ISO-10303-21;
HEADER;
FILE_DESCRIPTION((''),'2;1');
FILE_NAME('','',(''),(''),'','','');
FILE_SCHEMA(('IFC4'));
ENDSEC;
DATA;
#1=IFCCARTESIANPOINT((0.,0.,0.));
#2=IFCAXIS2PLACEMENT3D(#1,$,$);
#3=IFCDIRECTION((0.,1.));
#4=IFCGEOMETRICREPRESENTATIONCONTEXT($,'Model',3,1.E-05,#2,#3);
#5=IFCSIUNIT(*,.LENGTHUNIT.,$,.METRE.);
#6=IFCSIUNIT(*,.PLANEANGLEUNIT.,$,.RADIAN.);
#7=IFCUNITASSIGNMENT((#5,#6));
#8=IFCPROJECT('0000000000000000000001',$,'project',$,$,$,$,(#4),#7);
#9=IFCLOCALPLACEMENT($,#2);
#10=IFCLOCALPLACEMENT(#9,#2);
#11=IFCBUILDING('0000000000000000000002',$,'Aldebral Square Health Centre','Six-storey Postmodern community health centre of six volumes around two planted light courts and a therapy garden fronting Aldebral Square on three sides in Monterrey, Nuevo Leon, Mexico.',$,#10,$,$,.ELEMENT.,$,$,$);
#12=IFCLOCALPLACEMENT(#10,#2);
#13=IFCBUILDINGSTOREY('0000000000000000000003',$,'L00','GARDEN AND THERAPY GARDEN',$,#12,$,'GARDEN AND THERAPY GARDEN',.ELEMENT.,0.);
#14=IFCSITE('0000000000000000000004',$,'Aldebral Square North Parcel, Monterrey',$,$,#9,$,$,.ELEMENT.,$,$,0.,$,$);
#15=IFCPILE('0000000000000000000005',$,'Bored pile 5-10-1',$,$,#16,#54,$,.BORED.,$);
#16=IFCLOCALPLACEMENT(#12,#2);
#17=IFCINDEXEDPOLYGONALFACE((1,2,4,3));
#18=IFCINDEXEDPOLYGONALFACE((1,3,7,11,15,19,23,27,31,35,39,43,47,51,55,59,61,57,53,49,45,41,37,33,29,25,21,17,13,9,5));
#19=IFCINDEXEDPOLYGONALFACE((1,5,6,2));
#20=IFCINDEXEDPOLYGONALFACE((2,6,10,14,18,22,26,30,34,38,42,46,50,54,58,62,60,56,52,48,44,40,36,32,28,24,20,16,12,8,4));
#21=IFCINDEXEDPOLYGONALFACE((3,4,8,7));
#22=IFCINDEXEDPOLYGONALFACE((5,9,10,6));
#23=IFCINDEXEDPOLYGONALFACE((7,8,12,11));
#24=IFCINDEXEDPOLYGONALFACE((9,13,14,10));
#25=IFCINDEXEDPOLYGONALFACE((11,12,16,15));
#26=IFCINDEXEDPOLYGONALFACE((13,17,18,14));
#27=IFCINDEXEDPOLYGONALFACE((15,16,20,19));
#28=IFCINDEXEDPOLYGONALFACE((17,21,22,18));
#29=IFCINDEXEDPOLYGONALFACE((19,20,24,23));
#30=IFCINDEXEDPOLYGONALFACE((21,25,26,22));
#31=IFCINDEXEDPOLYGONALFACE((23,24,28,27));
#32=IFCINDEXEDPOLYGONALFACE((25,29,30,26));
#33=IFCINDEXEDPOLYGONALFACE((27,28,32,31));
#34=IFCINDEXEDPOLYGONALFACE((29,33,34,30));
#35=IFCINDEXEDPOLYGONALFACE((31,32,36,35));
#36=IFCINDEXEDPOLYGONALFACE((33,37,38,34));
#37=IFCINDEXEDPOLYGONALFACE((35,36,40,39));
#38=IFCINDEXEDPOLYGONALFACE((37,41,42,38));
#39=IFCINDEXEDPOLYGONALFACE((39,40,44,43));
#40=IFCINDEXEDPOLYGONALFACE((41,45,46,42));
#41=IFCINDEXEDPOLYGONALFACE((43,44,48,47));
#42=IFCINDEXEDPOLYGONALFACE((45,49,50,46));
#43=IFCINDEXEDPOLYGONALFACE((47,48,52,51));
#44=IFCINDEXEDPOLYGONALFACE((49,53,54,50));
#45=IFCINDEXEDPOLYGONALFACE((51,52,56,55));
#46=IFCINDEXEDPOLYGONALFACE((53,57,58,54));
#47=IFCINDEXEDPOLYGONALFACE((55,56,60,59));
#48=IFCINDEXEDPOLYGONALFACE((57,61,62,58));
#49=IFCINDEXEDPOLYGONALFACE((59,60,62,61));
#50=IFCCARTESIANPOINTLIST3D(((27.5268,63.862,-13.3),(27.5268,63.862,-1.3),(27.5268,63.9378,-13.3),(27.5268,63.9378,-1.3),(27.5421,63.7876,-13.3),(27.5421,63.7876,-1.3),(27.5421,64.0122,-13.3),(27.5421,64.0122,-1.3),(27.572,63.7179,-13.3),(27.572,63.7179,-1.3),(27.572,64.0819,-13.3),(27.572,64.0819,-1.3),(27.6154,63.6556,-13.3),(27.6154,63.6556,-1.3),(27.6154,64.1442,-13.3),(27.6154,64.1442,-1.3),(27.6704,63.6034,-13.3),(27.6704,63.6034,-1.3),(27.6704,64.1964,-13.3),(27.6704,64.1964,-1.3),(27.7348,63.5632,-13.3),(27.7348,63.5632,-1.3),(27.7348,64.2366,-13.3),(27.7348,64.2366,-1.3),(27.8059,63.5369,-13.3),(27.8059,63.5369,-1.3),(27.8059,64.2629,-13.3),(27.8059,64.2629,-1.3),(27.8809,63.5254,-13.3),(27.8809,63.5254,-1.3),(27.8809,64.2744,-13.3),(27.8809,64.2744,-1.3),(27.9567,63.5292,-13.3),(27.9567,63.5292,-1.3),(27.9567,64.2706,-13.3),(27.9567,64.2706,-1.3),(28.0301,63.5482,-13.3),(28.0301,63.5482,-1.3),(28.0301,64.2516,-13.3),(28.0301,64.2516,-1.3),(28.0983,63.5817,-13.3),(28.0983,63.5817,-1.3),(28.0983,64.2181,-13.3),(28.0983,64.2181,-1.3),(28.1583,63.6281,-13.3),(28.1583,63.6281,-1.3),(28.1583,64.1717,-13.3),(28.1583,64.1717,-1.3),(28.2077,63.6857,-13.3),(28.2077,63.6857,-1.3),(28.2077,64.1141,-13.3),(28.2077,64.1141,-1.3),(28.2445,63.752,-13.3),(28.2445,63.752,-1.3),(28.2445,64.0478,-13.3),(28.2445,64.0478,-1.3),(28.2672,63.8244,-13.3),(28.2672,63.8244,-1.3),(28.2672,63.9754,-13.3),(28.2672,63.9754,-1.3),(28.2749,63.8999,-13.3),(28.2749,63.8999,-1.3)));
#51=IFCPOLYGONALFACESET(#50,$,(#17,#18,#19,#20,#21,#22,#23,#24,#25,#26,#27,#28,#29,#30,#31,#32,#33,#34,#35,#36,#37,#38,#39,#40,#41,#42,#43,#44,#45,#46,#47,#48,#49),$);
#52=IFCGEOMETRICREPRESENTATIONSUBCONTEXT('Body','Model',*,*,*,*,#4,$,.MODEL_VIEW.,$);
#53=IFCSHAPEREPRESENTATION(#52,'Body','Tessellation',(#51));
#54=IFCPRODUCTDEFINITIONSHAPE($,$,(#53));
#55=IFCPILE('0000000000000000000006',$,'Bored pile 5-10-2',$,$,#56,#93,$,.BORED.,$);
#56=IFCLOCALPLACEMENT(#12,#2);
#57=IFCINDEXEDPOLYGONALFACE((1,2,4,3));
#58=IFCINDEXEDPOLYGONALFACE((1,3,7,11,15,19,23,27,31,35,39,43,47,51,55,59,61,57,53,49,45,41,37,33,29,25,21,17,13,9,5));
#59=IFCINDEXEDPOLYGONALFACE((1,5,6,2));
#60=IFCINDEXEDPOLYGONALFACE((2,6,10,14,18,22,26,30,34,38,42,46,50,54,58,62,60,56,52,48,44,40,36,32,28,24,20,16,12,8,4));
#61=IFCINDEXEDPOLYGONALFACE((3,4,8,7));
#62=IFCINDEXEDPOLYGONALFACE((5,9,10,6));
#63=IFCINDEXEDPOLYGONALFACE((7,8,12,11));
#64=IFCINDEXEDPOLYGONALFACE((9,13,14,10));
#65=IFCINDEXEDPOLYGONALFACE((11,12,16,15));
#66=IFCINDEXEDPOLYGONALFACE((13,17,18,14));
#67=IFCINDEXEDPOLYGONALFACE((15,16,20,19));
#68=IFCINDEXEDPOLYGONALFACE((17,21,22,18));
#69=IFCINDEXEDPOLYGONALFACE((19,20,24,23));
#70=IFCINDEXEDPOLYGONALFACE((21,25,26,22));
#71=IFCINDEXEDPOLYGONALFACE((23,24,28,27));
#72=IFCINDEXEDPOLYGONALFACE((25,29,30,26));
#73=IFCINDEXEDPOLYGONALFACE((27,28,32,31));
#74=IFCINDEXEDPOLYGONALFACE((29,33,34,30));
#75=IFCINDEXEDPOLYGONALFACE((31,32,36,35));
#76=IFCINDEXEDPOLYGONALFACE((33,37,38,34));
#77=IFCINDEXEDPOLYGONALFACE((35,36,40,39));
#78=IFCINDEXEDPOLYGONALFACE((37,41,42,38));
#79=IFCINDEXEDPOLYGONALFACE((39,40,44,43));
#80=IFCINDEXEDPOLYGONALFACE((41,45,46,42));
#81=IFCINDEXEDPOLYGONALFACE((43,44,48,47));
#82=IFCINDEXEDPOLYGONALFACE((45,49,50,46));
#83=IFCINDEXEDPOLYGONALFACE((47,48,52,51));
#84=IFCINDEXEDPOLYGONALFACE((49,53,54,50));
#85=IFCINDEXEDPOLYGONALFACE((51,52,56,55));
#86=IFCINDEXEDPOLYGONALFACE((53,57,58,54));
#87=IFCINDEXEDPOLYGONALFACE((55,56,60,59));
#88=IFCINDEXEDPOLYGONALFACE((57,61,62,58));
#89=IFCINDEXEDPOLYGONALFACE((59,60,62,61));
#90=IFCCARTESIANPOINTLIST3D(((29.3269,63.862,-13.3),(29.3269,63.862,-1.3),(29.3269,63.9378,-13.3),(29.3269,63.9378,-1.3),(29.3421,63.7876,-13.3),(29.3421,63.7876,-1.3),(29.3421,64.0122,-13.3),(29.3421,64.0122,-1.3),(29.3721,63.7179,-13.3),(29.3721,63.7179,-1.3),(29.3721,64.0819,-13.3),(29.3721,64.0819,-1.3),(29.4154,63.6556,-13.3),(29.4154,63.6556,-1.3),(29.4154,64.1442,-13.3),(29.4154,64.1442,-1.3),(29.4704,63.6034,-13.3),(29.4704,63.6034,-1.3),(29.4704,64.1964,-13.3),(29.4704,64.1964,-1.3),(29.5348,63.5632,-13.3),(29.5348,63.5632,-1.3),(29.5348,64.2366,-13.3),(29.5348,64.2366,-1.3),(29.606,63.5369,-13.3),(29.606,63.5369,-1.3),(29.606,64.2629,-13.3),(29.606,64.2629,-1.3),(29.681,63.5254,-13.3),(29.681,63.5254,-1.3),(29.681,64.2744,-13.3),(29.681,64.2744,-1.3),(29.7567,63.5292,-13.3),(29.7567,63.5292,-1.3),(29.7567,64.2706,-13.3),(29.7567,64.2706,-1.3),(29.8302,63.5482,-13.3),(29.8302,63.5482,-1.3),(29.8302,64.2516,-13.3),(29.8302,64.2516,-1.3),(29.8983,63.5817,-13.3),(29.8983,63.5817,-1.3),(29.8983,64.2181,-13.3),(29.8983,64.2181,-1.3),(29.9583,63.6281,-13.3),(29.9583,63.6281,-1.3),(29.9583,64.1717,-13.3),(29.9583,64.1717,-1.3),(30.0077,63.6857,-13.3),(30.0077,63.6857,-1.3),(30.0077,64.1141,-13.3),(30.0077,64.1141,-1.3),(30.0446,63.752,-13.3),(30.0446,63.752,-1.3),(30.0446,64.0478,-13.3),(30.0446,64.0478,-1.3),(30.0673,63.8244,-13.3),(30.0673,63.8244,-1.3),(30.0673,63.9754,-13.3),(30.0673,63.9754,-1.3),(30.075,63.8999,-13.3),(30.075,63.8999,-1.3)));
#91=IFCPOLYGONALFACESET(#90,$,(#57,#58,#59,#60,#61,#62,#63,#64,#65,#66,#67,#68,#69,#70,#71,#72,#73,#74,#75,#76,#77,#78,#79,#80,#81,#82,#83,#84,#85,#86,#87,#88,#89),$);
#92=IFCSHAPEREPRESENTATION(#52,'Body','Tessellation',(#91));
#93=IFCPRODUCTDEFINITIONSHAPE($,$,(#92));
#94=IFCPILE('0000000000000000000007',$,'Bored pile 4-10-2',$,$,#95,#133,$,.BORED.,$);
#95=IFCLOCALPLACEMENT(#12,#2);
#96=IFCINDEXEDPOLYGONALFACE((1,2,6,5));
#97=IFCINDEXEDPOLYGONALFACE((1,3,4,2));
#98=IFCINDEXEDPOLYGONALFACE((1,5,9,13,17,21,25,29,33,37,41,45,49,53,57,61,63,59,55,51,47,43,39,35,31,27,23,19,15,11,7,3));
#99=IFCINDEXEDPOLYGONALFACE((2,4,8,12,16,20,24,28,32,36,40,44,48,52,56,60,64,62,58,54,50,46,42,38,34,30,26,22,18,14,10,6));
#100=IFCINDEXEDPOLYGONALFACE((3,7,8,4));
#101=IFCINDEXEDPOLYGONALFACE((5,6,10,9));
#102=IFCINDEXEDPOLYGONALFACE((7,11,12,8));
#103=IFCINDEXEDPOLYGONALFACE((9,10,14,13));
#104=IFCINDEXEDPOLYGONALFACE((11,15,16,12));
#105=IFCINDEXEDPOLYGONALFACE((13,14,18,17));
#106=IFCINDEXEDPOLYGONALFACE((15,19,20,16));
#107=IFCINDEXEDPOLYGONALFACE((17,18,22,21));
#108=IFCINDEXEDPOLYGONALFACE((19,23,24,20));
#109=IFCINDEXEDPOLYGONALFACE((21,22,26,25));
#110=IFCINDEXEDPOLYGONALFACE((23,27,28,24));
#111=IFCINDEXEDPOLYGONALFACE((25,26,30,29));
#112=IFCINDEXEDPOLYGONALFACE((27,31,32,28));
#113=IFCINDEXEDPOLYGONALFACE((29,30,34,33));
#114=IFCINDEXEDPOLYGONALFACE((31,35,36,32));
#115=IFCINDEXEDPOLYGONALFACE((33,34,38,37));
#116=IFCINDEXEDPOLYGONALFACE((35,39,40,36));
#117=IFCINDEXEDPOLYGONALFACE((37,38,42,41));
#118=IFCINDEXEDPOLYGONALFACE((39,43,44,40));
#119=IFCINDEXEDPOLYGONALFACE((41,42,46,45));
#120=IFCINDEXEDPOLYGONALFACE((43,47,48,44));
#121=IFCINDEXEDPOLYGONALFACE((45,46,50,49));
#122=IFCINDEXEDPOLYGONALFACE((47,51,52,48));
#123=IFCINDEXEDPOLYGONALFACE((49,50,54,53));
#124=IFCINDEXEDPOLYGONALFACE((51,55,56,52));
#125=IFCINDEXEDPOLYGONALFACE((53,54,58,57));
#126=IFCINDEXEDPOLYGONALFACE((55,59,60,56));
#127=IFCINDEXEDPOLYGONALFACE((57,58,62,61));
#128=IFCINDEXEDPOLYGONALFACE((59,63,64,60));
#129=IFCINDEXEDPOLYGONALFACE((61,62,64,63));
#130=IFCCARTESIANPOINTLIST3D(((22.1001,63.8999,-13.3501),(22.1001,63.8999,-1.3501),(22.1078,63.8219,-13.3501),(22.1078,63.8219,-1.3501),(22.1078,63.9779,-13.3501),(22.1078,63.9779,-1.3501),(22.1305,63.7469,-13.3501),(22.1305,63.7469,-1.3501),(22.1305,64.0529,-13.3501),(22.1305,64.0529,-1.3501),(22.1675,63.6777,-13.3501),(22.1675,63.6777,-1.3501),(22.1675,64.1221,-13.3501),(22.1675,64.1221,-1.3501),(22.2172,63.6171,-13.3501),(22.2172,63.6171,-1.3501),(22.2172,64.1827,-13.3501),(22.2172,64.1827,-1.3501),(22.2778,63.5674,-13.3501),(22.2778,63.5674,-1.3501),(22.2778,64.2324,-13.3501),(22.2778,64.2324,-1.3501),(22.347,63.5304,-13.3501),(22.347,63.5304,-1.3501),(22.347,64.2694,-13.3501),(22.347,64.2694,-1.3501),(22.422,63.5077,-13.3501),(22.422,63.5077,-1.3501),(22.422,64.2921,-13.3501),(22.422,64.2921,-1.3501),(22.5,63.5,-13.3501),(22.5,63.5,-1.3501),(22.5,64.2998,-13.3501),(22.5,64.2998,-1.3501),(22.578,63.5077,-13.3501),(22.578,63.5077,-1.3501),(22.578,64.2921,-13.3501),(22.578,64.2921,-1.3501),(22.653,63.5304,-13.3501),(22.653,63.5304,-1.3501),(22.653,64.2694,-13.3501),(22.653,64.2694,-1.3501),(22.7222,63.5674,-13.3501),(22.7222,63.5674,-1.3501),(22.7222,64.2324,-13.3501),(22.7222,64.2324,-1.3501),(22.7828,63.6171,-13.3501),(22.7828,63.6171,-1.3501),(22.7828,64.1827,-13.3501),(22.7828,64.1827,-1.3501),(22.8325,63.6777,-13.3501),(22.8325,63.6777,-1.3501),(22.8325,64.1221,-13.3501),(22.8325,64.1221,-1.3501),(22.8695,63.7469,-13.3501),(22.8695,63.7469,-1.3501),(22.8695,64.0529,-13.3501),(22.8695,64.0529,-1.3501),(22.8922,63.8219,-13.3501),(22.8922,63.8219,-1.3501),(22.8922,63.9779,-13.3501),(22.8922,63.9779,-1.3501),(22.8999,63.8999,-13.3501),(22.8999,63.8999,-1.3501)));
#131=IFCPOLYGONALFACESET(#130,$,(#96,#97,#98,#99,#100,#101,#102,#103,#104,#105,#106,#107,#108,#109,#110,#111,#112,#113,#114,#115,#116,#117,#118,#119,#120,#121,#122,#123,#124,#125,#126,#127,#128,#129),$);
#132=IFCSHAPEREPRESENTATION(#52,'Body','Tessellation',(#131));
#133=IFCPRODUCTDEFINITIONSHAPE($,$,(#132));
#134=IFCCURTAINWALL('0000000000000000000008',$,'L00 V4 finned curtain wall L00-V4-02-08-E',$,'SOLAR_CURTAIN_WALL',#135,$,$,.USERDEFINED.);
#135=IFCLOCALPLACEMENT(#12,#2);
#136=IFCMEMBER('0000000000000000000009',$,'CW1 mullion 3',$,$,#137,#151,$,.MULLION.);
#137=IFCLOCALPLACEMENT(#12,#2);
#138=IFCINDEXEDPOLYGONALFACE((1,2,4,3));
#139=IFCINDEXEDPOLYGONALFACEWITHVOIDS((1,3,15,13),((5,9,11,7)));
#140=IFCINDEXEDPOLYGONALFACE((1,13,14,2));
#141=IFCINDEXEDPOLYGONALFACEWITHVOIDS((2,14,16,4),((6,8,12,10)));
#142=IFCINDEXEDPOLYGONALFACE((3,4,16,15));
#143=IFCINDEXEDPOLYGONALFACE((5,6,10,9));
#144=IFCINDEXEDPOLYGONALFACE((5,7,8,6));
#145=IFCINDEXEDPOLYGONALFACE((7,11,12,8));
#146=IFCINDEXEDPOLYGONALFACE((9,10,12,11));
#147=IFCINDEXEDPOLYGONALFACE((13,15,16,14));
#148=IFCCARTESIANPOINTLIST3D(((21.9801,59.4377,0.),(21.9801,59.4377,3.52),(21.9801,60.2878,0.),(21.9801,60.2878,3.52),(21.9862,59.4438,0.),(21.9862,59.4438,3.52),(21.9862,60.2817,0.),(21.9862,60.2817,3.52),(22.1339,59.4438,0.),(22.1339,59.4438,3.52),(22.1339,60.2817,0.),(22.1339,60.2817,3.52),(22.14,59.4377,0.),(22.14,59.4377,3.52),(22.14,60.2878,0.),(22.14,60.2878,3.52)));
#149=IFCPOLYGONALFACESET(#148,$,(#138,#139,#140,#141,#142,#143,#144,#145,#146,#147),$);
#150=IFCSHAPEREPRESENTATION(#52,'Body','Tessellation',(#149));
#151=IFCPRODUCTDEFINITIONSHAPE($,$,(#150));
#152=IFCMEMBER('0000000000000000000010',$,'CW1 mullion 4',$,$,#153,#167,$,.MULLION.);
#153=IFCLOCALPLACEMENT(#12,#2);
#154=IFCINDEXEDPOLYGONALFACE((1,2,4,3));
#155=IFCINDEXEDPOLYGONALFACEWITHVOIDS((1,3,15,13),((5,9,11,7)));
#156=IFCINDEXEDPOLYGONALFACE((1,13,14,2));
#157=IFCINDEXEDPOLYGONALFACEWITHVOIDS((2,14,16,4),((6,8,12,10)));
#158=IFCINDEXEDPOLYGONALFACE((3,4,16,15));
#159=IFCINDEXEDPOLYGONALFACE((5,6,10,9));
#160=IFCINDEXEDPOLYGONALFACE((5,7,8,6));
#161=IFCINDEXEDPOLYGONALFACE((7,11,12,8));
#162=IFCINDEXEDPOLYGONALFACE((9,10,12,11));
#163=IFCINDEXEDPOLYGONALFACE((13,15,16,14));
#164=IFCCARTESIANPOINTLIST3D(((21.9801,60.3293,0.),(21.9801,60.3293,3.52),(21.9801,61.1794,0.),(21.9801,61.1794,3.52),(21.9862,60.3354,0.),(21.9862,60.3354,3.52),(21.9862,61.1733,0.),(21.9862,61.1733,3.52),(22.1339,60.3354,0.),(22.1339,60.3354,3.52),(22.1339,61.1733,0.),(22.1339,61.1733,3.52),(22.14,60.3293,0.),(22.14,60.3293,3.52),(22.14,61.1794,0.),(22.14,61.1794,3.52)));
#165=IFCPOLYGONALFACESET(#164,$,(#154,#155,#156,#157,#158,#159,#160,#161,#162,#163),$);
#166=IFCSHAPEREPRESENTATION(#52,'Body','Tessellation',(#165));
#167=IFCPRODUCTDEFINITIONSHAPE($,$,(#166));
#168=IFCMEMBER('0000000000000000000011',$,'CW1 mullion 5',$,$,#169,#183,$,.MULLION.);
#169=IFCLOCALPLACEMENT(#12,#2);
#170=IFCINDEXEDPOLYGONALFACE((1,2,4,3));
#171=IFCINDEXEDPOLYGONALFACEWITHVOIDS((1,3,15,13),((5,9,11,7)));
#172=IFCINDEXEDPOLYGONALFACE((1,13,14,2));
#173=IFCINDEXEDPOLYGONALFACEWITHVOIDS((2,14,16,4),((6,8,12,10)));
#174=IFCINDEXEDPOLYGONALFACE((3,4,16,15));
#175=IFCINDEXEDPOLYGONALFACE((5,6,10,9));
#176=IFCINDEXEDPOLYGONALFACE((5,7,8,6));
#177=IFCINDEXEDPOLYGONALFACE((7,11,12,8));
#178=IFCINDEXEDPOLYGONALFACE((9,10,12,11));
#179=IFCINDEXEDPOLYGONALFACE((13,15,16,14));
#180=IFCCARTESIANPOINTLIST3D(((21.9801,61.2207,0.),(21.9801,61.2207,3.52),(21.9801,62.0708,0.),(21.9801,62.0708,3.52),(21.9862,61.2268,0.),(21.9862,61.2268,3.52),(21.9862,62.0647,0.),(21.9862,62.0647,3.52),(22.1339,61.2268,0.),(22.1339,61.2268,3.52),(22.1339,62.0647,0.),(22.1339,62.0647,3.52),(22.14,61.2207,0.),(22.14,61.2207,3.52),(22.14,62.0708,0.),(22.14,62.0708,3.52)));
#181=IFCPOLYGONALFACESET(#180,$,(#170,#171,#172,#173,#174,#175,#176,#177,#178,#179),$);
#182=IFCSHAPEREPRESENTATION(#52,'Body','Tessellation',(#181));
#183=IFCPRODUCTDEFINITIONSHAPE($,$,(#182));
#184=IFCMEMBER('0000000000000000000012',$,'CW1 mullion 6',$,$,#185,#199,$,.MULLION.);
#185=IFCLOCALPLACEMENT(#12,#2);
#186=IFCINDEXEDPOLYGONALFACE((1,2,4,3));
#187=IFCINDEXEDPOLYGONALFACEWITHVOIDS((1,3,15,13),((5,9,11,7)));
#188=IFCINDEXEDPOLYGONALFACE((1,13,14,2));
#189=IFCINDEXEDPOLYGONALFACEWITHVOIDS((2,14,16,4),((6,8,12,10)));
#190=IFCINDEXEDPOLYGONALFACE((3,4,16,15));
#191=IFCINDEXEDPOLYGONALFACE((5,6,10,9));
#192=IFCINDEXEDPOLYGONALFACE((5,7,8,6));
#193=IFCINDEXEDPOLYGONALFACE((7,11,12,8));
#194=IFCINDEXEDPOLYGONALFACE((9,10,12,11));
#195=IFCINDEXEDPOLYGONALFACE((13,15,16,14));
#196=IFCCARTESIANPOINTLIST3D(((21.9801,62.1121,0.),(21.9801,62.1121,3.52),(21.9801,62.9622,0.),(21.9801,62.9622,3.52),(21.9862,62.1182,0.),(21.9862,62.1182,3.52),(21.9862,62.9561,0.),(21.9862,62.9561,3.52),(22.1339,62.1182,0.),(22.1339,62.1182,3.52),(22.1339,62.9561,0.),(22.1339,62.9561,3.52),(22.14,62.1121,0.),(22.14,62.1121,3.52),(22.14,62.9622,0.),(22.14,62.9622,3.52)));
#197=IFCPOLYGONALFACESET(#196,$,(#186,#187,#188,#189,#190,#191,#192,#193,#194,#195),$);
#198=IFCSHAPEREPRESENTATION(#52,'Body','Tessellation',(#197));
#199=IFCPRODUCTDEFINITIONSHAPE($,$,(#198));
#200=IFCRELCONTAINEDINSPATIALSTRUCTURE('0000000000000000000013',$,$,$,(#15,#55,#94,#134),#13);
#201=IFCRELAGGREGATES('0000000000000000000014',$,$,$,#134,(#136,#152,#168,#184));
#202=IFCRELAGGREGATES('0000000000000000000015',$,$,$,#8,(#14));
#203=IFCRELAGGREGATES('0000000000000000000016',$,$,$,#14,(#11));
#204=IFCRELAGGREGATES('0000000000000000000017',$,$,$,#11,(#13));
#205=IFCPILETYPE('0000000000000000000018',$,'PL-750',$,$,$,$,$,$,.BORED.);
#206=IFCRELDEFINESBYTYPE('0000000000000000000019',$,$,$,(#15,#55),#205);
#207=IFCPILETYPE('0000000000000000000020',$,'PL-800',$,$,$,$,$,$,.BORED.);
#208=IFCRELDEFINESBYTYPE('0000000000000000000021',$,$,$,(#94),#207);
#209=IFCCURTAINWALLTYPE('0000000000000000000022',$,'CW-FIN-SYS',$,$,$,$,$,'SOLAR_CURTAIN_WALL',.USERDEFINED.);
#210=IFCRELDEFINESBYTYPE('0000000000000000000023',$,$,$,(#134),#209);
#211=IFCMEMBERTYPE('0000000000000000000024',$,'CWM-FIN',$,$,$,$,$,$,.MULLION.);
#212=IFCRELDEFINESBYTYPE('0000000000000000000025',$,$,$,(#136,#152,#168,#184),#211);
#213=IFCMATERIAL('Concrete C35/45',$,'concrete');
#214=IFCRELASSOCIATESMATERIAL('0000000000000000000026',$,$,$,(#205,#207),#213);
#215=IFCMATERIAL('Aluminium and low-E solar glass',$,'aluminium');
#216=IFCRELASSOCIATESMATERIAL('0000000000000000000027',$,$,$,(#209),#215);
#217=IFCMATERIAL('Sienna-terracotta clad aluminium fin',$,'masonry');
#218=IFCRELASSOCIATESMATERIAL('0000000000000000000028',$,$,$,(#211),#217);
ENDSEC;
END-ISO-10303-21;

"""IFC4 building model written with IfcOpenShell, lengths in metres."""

from ifc_helpers import new_model, si_unit, direction, frame, origin, origin_2d, place, context, subcontext, project, spatial, hollow_rectangle, circle, extrude, material, material_profile, profile_set, type_object, element, aggregate, save


model = new_model("IFC4")

# Units and contexts
model_context = context("Model", 3, precision=1e-05, world=origin(), true_north=direction((0.0, 1.0)))
body_context = subcontext(model_context, "Body", "Model", "MODEL_VIEW")
ifc_project = project(units=[si_unit("LENGTHUNIT", "METRE"), si_unit("PLANEANGLEUNIT", "RADIAN")], contexts=[model_context])

# Site, building, storey
site_placement = place(None, origin())
site = spatial("IfcSite", under=ifc_project, at=site_placement, Name="Aldebral Square North Parcel, Monterrey", CompositionType="ELEMENT", RefElevation=0.0)
building_placement = place(site_placement, origin())
building = spatial("IfcBuilding", under=site, at=building_placement, Name="Aldebral Square Health Centre", Description="Six-storey Postmodern community health centre of six volumes around two planted light courts and a therapy garden fronting Aldebral Square on three sides in Monterrey, Nuevo Leon, Mexico.", CompositionType="ELEMENT")
storey_placement = place(building_placement, origin())
storey = spatial("IfcBuildingStorey", under=building, at=storey_placement, Name="L00", Description="GARDEN AND THERAPY GARDEN", LongName="GARDEN AND THERAPY GARDEN", CompositionType="ELEMENT", Elevation=0.0)

# Piles
ifc_material_1 = material(Name="Concrete C35/45", Category="concrete")
ifc_material_profile_1 = material_profile(ifc_material_1, circle(Radius=0.375, at=origin_2d()), Name="PILE D750")
ifc_profile_set_1 = profile_set([ifc_material_profile_1], Name="Concrete C35/45")
pile_type_1 = type_object("IfcPileType", Name="PL-750", PredefinedType="BORED", material=ifc_profile_set_1)
for number, where, z_axis, x_axis, name in (
    (1, (27.8999, 63.8999, -1.3), (0.0, 0.0, -1.0), (1.0, 0.0, 0.0), "Bored pile 5-10-1"),
    (2, (29.7, 63.8999, -1.3), (0.0, 0.0, -1.0), (1.0, 0.0, 0.0), "Bored pile 5-10-2"),
):
    element("IfcPile", number, at=place(storey_placement, frame(where, z_axis=z_axis, x_axis=x_axis)), inside=storey, type_object=pile_type_1, Name=name, PredefinedType="BORED", context=body_context, shape_type="SweptSolid", body=[
        extrude(circle(Radius=0.375, at=origin_2d()), origin(), (0.0, 0.0, 1.0), 12.0),
    ])
ifc_material_profile_2 = material_profile(ifc_material_1, circle(Radius=0.3999, at=origin_2d()), Name="PILE D800")
ifc_profile_set_2 = profile_set([ifc_material_profile_2], Name="Concrete C35/45")
pile_type_2 = type_object("IfcPileType", Name="PL-800", PredefinedType="BORED", material=ifc_profile_set_2)
pile_placement = place(storey_placement, frame((22.5, 63.8999, -1.3501), z_axis=(0.0, 0.0, -1.0), x_axis=(1.0, 0.0, 0.0)))
element("IfcPile", 3, at=pile_placement, inside=storey, type_object=pile_type_2, Name="Bored pile 4-10-2", PredefinedType="BORED", context=body_context, shape_type="SweptSolid", body=[
    extrude(circle(Radius=0.3999, at=origin_2d()), origin(), (0.0, 0.0, 1.0), 12.0),
])

# Curtain wall, members
ifc_material_2 = material(Name="Aluminium and low-E solar glass", Category="aluminium")
curtain_wall_type = type_object("IfcCurtainWallType", Name="CW-FIN-SYS", ElementType="SOLAR_CURTAIN_WALL", PredefinedType="USERDEFINED", material=ifc_material_2)
curtain_wall_placement = place(storey_placement, origin())
curtain_wall = element("IfcCurtainWall", 4, at=curtain_wall_placement, inside=storey, type_object=curtain_wall_type, Name="L00 V4 finned curtain wall L00-V4-02-08-E", ObjectType="SOLAR_CURTAIN_WALL", PredefinedType="USERDEFINED")
ifc_material_3 = material(Name="Sienna-terracotta clad aluminium fin", Category="masonry")
ifc_material_profile_3 = material_profile(ifc_material_3, hollow_rectangle(XDim=0.1599, YDim=0.8501, WallThickness=0.0061, at=origin_2d()), Name="FIN 160x850x6")
ifc_profile_set_3 = profile_set([ifc_material_profile_3], Name="Sienna-terracotta clad aluminium fin")
member_type_1 = type_object("IfcMemberType", Name="CWM-FIN", PredefinedType="MULLION", material=ifc_profile_set_3)
member_1_placement = place(storey_placement, frame((22.0601, 59.8628, 0.0), z_axis=(0.0, 0.0, 1.0), x_axis=(-1.0, 0.0, 0.0)))
member_1 = element("IfcMember", 5, at=member_1_placement, type_object=member_type_1, Name="CW1 mullion 3", PredefinedType="MULLION", context=body_context, shape_type="SweptSolid", body=[
    extrude(hollow_rectangle(XDim=0.1599, YDim=0.8501, WallThickness=0.0061, at=origin_2d()), origin(), (0.0, 0.0, 1.0), 3.52),
])
member_2_placement = place(storey_placement, frame((22.0601, 60.7544, 0.0), z_axis=(0.0, 0.0, 1.0), x_axis=(-1.0, 0.0, 0.0)))
member_2 = element("IfcMember", 6, at=member_2_placement, type_object=member_type_1, Name="CW1 mullion 4", PredefinedType="MULLION", context=body_context, shape_type="SweptSolid", body=[
    extrude(hollow_rectangle(XDim=0.1599, YDim=0.8501, WallThickness=0.0061, at=origin_2d()), origin(), (0.0, 0.0, 1.0), 3.52),
])
member_3_placement = place(storey_placement, frame((22.0601, 61.6458, 0.0), z_axis=(0.0, 0.0, 1.0), x_axis=(-1.0, 0.0, 0.0)))
member_3 = element("IfcMember", 7, at=member_3_placement, type_object=member_type_1, Name="CW1 mullion 5", PredefinedType="MULLION", context=body_context, shape_type="SweptSolid", body=[
    extrude(hollow_rectangle(XDim=0.1599, YDim=0.8501, WallThickness=0.0061, at=origin_2d()), origin(), (0.0, 0.0, 1.0), 3.52),
])
member_4_placement = place(storey_placement, frame((22.0601, 62.5371, 0.0), z_axis=(0.0, 0.0, 1.0), x_axis=(-1.0, 0.0, 0.0)))
member_4 = element("IfcMember", 8, at=member_4_placement, type_object=member_type_1, Name="CW1 mullion 6", PredefinedType="MULLION", context=body_context, shape_type="SweptSolid", body=[
    extrude(hollow_rectangle(XDim=0.1599, YDim=0.8501, WallThickness=0.0061, at=origin_2d()), origin(), (0.0, 0.0, 1.0), 3.52),
])
aggregate(curtain_wall, [member_1, member_2, member_3, member_4])

save(model, "model.ifc")
